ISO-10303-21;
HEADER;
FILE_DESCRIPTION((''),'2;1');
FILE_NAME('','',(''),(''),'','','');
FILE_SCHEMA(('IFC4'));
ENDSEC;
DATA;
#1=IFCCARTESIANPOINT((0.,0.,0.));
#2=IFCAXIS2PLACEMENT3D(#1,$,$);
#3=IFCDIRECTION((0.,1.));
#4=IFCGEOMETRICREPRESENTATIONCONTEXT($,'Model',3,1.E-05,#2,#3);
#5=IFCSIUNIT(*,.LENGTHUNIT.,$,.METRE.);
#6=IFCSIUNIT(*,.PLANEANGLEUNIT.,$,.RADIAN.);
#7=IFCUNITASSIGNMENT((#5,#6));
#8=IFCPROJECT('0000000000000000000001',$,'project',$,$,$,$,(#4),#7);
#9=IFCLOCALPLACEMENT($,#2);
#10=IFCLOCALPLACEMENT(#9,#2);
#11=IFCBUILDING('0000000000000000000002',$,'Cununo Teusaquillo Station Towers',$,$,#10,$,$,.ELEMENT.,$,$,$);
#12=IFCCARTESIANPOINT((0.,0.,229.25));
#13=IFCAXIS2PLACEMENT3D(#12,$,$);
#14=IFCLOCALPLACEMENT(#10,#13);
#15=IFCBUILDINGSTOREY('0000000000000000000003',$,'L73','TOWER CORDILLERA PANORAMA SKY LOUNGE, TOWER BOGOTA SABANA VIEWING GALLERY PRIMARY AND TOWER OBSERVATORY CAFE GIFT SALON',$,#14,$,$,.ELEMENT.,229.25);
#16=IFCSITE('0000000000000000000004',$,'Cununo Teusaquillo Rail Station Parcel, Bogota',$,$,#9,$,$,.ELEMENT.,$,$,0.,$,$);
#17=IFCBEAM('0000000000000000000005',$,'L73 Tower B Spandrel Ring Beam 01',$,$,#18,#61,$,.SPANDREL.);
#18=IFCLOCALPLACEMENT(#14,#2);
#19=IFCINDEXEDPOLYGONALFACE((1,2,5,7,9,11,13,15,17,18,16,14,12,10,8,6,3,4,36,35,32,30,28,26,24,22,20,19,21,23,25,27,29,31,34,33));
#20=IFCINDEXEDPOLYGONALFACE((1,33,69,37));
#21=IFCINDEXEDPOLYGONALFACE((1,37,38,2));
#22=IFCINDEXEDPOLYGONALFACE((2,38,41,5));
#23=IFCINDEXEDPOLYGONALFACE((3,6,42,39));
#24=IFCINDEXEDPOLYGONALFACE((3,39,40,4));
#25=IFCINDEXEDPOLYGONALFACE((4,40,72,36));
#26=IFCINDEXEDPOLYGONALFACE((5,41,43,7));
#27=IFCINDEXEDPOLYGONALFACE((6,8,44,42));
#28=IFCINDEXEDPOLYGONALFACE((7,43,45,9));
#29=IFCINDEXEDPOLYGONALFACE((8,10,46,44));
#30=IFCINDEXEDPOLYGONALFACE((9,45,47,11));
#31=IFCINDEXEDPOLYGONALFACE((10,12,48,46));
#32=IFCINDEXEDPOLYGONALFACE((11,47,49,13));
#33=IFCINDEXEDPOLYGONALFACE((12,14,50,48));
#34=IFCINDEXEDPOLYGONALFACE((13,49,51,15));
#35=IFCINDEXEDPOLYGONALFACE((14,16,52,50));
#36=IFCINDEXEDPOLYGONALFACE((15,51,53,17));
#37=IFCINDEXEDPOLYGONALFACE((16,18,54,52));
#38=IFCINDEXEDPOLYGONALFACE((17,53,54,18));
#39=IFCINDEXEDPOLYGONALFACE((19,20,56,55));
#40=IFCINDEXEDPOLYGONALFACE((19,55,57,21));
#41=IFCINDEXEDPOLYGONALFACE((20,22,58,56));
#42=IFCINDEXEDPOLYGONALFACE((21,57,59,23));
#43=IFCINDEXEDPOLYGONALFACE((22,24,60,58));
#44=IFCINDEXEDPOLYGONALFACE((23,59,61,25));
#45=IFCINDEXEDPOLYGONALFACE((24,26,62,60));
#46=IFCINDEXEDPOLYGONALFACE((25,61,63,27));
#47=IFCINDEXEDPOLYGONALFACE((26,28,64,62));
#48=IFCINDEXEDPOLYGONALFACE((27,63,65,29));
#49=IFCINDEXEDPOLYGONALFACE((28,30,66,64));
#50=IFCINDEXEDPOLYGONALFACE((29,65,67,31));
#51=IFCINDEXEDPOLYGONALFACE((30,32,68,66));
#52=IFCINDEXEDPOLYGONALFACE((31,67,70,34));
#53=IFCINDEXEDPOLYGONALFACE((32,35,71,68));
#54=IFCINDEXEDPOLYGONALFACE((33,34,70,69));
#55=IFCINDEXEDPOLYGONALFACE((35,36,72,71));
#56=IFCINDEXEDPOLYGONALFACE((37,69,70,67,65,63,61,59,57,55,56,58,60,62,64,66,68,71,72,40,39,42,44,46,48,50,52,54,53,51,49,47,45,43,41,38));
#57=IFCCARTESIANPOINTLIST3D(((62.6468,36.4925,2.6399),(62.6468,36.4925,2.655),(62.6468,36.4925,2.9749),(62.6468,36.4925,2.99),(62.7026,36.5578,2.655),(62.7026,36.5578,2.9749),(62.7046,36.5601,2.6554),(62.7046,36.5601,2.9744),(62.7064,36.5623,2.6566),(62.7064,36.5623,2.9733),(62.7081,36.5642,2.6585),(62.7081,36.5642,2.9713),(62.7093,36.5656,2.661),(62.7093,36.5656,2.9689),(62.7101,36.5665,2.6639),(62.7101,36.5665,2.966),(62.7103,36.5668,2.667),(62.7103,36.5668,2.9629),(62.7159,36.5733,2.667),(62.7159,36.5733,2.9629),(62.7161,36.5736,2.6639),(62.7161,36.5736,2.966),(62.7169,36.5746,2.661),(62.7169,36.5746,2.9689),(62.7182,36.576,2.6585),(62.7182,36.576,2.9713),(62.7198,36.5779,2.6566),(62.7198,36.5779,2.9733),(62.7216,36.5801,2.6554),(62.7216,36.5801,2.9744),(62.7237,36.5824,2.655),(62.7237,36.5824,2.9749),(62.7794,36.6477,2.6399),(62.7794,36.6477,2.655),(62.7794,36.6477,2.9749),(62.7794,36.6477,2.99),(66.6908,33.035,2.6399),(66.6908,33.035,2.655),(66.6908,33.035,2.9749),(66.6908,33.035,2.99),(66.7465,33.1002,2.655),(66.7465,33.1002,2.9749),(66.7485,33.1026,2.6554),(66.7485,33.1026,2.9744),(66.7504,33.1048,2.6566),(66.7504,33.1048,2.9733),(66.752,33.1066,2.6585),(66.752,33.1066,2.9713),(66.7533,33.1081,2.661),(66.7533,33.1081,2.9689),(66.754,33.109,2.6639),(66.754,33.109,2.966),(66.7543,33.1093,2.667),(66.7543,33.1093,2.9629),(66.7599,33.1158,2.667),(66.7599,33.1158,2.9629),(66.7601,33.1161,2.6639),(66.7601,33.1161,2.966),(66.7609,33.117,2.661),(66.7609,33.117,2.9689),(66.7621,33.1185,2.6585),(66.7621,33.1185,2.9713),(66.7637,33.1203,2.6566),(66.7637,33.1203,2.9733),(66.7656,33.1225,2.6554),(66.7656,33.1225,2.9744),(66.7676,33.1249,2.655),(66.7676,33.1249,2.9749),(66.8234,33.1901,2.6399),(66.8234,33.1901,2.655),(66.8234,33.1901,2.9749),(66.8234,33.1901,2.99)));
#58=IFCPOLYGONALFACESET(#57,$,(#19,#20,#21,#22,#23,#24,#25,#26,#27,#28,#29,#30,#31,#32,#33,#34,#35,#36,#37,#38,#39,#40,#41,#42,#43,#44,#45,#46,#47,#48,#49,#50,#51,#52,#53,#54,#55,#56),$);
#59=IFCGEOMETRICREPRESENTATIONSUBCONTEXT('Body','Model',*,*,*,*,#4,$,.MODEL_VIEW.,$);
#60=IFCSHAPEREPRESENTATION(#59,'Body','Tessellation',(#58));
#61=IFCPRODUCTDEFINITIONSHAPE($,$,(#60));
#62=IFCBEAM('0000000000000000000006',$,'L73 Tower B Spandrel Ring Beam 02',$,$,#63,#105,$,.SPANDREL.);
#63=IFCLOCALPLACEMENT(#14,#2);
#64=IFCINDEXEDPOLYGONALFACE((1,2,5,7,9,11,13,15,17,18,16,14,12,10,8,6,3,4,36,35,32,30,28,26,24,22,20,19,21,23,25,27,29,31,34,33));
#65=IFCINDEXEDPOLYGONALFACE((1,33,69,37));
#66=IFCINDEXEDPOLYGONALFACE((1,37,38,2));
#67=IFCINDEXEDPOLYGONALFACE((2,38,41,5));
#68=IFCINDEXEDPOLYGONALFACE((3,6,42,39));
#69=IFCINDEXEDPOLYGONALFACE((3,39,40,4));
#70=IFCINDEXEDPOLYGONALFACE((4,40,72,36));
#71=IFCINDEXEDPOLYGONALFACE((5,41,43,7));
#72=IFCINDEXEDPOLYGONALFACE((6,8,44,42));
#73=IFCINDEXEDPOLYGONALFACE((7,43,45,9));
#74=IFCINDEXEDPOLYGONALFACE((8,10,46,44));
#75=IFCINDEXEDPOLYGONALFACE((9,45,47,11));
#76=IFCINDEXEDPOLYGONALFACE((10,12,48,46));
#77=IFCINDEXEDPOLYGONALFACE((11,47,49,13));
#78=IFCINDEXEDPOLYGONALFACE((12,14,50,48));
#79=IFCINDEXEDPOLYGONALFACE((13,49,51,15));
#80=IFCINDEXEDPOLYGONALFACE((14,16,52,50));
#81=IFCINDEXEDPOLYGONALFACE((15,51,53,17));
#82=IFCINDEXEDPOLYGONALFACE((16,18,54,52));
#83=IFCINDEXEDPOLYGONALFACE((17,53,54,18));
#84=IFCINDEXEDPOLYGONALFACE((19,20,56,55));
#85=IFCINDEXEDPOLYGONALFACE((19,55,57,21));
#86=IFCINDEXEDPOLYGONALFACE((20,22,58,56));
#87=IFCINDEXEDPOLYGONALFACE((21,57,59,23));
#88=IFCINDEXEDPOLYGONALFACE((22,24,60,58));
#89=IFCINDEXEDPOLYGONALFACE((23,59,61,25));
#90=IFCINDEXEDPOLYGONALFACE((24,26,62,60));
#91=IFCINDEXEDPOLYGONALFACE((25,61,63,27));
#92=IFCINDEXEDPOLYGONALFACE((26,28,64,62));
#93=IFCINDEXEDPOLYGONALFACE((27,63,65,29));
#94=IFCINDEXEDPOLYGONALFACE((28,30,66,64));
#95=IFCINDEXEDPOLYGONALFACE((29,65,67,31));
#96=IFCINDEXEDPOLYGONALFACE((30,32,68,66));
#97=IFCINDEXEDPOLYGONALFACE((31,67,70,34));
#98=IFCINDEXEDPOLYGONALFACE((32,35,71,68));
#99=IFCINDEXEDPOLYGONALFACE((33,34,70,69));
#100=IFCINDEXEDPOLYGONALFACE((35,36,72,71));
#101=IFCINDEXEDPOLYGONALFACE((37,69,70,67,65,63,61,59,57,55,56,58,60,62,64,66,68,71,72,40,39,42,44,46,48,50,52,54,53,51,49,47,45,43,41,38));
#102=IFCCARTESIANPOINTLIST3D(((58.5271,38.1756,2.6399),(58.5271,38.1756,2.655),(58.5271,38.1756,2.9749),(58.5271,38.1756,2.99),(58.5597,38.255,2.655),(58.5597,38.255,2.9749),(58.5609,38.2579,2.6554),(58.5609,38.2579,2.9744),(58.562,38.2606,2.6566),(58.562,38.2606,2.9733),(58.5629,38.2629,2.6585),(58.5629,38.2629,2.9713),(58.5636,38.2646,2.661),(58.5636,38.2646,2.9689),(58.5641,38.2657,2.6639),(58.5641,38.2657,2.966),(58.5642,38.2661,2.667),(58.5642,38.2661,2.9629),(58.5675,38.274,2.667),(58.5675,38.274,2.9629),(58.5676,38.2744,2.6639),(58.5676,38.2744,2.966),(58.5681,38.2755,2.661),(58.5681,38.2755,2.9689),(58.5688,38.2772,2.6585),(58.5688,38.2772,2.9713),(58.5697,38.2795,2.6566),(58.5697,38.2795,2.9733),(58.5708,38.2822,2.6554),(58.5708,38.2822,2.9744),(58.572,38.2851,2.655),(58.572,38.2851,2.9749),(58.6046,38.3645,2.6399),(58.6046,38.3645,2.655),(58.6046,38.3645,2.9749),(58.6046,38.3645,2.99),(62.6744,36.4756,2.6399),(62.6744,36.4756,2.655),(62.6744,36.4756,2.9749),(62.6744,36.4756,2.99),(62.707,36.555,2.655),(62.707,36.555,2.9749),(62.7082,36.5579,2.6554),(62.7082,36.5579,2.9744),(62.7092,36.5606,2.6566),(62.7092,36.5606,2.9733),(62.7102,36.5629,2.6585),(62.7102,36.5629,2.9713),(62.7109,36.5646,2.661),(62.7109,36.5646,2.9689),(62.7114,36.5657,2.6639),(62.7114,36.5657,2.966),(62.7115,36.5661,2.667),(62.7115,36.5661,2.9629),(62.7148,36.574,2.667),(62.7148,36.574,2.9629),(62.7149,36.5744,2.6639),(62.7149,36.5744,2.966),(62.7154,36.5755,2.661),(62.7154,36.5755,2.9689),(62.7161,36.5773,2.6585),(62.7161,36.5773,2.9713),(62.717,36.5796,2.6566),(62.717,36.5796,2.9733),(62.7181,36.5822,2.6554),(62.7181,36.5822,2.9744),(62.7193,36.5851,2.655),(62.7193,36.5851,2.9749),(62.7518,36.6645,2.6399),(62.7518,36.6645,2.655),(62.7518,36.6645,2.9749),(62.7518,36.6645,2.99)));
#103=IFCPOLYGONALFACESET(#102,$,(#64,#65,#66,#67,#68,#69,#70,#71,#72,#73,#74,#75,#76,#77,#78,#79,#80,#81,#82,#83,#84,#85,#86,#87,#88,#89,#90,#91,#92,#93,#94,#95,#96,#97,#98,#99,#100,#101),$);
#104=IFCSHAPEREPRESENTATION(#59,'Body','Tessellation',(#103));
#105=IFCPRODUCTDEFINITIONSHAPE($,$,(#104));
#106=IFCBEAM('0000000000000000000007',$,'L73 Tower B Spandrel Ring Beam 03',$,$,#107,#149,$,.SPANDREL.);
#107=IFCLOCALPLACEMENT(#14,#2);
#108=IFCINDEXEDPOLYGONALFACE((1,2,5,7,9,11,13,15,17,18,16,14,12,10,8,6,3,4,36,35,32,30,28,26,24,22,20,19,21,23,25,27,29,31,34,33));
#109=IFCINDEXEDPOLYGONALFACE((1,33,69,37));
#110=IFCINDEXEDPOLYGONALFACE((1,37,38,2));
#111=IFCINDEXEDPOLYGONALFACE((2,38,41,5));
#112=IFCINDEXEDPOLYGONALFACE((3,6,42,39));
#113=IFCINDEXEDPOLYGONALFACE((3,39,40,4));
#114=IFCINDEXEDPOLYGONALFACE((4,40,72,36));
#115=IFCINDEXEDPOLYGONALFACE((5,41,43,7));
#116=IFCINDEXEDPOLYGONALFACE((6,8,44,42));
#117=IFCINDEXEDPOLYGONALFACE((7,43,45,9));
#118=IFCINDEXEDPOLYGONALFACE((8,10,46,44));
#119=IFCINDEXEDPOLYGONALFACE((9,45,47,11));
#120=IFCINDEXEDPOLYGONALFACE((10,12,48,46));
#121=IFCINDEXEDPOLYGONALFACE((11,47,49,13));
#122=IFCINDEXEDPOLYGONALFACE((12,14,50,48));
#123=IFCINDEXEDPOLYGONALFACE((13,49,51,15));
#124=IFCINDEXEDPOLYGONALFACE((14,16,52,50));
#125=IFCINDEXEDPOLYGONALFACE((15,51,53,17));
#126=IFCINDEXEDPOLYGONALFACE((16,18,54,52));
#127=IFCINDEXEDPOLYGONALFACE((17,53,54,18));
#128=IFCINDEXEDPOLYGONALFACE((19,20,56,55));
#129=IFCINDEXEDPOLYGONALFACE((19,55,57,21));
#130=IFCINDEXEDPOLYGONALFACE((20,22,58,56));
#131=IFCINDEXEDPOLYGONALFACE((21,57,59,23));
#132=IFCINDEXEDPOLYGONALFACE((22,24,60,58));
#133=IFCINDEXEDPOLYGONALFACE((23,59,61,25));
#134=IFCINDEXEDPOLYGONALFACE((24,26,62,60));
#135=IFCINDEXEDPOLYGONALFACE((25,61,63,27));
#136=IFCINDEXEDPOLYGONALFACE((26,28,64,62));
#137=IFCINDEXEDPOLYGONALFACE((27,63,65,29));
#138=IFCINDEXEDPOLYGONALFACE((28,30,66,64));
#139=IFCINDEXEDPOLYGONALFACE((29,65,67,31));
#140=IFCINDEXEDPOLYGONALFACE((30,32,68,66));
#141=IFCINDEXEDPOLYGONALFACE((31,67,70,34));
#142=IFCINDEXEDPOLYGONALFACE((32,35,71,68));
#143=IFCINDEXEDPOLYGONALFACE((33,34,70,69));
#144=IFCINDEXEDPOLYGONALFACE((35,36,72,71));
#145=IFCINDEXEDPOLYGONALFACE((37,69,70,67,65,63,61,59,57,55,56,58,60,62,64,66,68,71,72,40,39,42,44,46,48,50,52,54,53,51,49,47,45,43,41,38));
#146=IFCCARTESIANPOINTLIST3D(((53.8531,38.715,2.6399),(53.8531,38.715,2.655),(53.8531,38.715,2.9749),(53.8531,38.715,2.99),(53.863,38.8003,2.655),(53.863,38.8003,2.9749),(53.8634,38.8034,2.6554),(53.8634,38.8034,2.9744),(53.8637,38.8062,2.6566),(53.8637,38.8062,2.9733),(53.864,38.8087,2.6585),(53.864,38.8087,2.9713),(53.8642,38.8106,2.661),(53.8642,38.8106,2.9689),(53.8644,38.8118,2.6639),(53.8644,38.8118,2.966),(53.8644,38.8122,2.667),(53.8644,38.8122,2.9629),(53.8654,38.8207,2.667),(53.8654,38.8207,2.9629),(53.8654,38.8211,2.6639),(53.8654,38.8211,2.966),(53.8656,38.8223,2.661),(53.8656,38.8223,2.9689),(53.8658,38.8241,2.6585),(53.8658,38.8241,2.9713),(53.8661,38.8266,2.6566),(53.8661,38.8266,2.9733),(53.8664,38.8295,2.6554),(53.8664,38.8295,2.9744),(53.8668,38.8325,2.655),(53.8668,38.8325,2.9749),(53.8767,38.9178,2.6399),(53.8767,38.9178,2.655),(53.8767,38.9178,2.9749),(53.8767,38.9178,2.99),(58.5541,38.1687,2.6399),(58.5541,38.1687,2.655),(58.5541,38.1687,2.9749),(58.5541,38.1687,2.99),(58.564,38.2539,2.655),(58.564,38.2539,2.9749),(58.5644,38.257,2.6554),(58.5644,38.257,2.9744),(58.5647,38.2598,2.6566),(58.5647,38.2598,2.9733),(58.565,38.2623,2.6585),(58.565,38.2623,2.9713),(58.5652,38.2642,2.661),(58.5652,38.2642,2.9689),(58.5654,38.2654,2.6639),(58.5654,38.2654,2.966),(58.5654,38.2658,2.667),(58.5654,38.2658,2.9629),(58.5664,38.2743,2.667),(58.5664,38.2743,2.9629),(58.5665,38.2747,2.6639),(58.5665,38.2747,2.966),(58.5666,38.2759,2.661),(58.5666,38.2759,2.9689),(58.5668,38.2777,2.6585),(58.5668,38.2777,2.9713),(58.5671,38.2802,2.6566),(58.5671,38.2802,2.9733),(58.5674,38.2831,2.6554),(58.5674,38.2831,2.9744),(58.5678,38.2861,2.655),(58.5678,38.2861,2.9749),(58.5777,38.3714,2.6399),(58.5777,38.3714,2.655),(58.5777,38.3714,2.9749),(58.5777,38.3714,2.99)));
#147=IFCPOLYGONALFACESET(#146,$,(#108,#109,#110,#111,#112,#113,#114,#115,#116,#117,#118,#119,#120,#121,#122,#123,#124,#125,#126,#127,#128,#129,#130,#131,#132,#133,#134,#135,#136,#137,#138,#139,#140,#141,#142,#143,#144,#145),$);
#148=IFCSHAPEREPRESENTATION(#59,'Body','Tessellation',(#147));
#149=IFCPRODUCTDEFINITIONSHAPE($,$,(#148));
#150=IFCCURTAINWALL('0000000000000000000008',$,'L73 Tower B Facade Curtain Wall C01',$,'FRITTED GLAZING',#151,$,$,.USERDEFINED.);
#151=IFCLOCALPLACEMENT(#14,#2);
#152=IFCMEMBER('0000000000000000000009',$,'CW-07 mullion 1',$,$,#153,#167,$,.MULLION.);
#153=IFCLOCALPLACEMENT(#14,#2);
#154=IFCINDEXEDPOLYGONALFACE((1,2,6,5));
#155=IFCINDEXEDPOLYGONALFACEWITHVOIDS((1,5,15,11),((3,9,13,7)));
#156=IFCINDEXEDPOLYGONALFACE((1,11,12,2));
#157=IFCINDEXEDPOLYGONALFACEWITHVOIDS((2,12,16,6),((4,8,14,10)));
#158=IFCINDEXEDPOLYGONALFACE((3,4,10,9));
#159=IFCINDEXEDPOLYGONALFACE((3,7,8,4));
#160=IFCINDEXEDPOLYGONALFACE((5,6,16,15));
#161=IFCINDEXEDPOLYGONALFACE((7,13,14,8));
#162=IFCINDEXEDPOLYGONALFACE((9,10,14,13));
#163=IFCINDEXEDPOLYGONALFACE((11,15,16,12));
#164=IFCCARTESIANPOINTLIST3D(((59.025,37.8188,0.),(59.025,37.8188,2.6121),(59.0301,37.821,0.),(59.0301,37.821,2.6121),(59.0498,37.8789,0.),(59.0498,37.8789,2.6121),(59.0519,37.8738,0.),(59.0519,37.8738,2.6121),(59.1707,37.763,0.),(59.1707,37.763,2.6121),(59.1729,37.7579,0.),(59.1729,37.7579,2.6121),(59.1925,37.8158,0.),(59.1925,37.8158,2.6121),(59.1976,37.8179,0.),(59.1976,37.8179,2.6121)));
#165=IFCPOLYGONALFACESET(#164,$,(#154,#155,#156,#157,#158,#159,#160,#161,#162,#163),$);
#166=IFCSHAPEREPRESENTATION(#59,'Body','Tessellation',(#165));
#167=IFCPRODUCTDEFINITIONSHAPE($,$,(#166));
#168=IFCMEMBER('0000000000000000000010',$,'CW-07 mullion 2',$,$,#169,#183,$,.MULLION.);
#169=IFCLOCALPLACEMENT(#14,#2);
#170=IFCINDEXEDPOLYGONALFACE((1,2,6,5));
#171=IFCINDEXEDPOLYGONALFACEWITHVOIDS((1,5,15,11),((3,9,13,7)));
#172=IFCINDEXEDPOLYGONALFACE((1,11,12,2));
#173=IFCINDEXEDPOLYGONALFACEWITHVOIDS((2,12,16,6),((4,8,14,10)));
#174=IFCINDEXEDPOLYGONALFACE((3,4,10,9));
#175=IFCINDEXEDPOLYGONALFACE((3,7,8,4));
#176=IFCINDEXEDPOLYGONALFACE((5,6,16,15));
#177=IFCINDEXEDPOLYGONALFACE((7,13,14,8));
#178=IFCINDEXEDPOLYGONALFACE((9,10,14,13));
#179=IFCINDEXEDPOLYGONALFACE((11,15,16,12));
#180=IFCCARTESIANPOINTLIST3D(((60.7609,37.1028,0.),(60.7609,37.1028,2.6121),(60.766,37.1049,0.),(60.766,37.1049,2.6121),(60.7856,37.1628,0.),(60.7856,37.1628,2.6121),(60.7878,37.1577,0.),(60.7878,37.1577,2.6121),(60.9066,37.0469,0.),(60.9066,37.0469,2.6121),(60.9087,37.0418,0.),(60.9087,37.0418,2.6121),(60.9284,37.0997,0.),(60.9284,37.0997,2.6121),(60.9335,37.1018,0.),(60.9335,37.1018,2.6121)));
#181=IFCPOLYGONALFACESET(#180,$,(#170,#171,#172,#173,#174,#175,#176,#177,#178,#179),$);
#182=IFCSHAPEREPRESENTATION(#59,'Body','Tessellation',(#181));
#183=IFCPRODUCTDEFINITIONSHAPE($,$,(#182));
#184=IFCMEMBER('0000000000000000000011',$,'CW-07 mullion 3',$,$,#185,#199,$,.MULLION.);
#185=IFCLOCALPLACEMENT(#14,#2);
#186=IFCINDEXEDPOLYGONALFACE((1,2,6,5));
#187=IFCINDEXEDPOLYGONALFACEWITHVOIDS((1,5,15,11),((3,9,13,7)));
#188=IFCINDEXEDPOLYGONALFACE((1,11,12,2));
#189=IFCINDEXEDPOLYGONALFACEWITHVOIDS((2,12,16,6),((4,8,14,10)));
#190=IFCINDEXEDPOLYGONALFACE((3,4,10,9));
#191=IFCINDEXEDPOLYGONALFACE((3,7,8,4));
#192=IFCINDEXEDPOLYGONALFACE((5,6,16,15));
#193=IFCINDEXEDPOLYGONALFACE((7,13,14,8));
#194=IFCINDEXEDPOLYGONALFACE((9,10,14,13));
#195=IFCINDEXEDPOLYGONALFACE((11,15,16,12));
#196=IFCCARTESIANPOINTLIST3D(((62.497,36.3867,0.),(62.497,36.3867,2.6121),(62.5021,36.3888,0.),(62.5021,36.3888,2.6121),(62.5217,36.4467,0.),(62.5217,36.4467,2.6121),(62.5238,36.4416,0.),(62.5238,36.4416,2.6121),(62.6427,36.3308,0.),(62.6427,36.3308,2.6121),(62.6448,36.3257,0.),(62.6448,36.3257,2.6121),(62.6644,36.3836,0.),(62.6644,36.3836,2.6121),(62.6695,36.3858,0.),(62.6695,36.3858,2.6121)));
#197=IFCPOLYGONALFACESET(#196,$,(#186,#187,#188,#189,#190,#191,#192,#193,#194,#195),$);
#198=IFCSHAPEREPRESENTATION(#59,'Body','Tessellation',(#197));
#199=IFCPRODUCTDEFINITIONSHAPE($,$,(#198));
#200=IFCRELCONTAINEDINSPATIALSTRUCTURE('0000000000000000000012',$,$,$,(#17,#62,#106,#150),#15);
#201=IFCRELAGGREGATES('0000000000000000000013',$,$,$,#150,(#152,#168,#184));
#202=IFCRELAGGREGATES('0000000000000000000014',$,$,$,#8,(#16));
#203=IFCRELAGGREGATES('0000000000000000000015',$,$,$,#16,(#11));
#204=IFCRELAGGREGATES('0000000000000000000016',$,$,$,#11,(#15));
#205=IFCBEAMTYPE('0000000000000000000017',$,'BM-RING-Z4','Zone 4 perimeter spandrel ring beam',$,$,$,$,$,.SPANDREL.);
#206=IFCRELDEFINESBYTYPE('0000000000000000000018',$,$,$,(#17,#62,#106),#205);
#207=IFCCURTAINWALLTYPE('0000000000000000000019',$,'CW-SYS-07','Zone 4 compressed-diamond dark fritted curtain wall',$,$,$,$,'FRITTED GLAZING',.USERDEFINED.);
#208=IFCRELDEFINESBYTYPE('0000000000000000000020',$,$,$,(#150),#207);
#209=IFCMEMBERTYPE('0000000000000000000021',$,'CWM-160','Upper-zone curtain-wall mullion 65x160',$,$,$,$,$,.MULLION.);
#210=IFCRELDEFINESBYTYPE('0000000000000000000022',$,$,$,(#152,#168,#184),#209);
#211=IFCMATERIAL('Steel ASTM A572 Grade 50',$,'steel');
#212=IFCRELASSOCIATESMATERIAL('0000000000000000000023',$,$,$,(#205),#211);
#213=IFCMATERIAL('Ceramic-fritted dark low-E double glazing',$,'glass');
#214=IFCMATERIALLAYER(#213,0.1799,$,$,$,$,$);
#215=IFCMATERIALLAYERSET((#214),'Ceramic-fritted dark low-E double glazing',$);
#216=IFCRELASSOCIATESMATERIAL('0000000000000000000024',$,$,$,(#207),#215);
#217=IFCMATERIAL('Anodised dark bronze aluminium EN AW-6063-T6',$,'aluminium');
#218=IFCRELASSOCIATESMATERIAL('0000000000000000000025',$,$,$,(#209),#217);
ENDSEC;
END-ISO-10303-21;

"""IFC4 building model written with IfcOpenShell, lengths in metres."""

from ifc_helpers import new_model, si_unit, direction, frame, origin, origin_2d, place, context, subcontext, project, spatial, hollow_rectangle, i_section, extrude, material, layer, layer_set, material_profile, profile_set, type_object, element, aggregate, save


model = new_model("IFC4")

# Units and contexts
model_context = context("Model", 3, precision=1e-05, world=origin(), true_north=direction((0.0, 1.0)))
body_context = subcontext(model_context, "Body", "Model", "MODEL_VIEW")
ifc_project = project(units=[si_unit("LENGTHUNIT", "METRE"), si_unit("PLANEANGLEUNIT", "RADIAN")], contexts=[model_context])

# Site, building, storey
site_placement = place(None, origin())
site = spatial("IfcSite", under=ifc_project, at=site_placement, Name="Cununo Teusaquillo Rail Station Parcel, Bogota", CompositionType="ELEMENT", RefElevation=0.0)
building_placement = place(site_placement, origin())
building = spatial("IfcBuilding", under=site, at=building_placement, Name="Cununo Teusaquillo Station Towers", CompositionType="ELEMENT")
storey_placement = place(building_placement, frame((0.0, 0.0, 229.25)))
storey = spatial("IfcBuildingStorey", under=building, at=storey_placement, Name="L73", Description="TOWER CORDILLERA PANORAMA SKY LOUNGE, TOWER BOGOTA SABANA VIEWING GALLERY PRIMARY AND TOWER OBSERVATORY CAFE GIFT SALON", CompositionType="ELEMENT", Elevation=229.25)

# Beams
ifc_material_1 = material(Name="Steel ASTM A572 Grade 50", Category="steel")
ifc_material_profile_1 = material_profile(ifc_material_1, i_section(OverallWidth=0.2041, OverallDepth=0.3501, WebThickness=0.0085, FlangeThickness=0.0151, FilletRadius=0.012, at=origin_2d()), Name="W14X48")
ifc_profile_set_1 = profile_set([ifc_material_profile_1], Name="Steel ASTM A572 Grade 50")
beam_type_1 = type_object("IfcBeamType", Name="BM-RING-Z4", Description="Zone 4 perimeter spandrel ring beam", PredefinedType="SPANDREL", material=ifc_profile_set_1)
beam_1_placement = place(storey_placement, frame((66.7571, 33.1125, 2.8149), z_axis=(-0.760066, 0.649846, 0.0), x_axis=(-0.649846, -0.760066, 0.0)))
element("IfcBeam", 1, at=beam_1_placement, inside=storey, type_object=beam_type_1, Name="L73 Tower B Spandrel Ring Beam 01", PredefinedType="SPANDREL", context=body_context, shape_type="SweptSolid", body=[
    extrude(i_section(OverallWidth=0.2041, OverallDepth=0.3501, WebThickness=0.0085, FlangeThickness=0.0151, FilletRadius=0.012, at=origin_2d()), origin(), (0.0, 0.0, 1.0), 5.3206),
])
beam_2_placement = place(storey_placement, frame((62.7131, 36.5701, 2.8149), z_axis=(-0.925284, 0.379275, 0.0), x_axis=(-0.379275, -0.925284, 0.0)))
element("IfcBeam", 2, at=beam_2_placement, inside=storey, type_object=beam_type_1, Name="L73 Tower B Spandrel Ring Beam 02", PredefinedType="SPANDREL", context=body_context, shape_type="SweptSolid", body=[
    extrude(i_section(OverallWidth=0.2041, OverallDepth=0.3501, WebThickness=0.0085, FlangeThickness=0.0151, FilletRadius=0.012, at=origin_2d()), origin(), (0.0, 0.0, 1.0), 4.4822),
])
beam_3_placement = place(storey_placement, frame((58.5659, 38.27, 2.8149), z_axis=(-0.993313, 0.115452, 0.0), x_axis=(-0.115452, -0.993313, 0.0)))
element("IfcBeam", 3, at=beam_3_placement, inside=storey, type_object=beam_type_1, Name="L73 Tower B Spandrel Ring Beam 03", PredefinedType="SPANDREL", context=body_context, shape_type="SweptSolid", body=[
    extrude(i_section(OverallWidth=0.2041, OverallDepth=0.3501, WebThickness=0.0085, FlangeThickness=0.0151, FilletRadius=0.012, at=origin_2d()), origin(), (0.0, 0.0, 1.0), 4.7327),
])

# Curtain wall, members
ifc_material_2 = material(Name="Ceramic-fritted dark low-E double glazing", Category="glass")
ifc_layer_1 = layer(ifc_material_2, 0.1799)
ifc_layer_set_1 = layer_set([ifc_layer_1], Name="Ceramic-fritted dark low-E double glazing")
curtain_wall_type = type_object("IfcCurtainWallType", Name="CW-SYS-07", Description="Zone 4 compressed-diamond dark fritted curtain wall", ElementType="FRITTED GLAZING", PredefinedType="USERDEFINED", material=ifc_layer_set_1)
curtain_wall_placement = place(storey_placement, origin())
curtain_wall = element("IfcCurtainWall", 4, at=curtain_wall_placement, inside=storey, type_object=curtain_wall_type, Name="L73 Tower B Facade Curtain Wall C01", ObjectType="FRITTED GLAZING", PredefinedType="USERDEFINED")
ifc_material_3 = material(Name="Anodised dark bronze aluminium EN AW-6063-T6", Category="aluminium")
ifc_material_profile_2 = material_profile(ifc_material_3, hollow_rectangle(XDim=0.0649, YDim=0.1599, WallThickness=0.0039, at=origin_2d()), Name="CW-MULL-65x160")
ifc_profile_set_2 = profile_set([ifc_material_profile_2], Name="Anodised dark bronze aluminium EN AW-6063-T6")
member_type_1 = type_object("IfcMemberType", Name="CWM-160", Description="Upper-zone curtain-wall mullion 65x160", PredefinedType="MULLION", material=ifc_profile_set_2)
member_1_placement = place(storey_placement, frame((59.1113, 37.8184, 0.0), z_axis=(0.0, 0.0, 1.0), x_axis=(0.381311, 0.924447, 0.0)))
member_1 = element("IfcMember", 5, at=member_1_placement, type_object=member_type_1, Name="CW-07 mullion 1", PredefinedType="MULLION", context=body_context, shape_type="SweptSolid", body=[
    extrude(hollow_rectangle(XDim=0.0649, YDim=0.1599, WallThickness=0.0039, at=origin_2d()), origin(), (0.0, 0.0, 1.0), 2.6121),
])
member_2_placement = place(storey_placement, frame((60.8472, 37.1023, 0.0), z_axis=(0.0, 0.0, 1.0), x_axis=(0.381311, 0.924447, 0.0)))
member_2 = element("IfcMember", 6, at=member_2_placement, type_object=member_type_1, Name="CW-07 mullion 2", PredefinedType="MULLION", context=body_context, shape_type="SweptSolid", body=[
    extrude(hollow_rectangle(XDim=0.0649, YDim=0.1599, WallThickness=0.0039, at=origin_2d()), origin(), (0.0, 0.0, 1.0), 2.6121),
])
member_3_placement = place(storey_placement, frame((62.5833, 36.3862, 0.0), z_axis=(0.0, 0.0, 1.0), x_axis=(0.381311, 0.924447, 0.0)))
member_3 = element("IfcMember", 7, at=member_3_placement, type_object=member_type_1, Name="CW-07 mullion 3", PredefinedType="MULLION", context=body_context, shape_type="SweptSolid", body=[
    extrude(hollow_rectangle(XDim=0.0649, YDim=0.1599, WallThickness=0.0039, at=origin_2d()), origin(), (0.0, 0.0, 1.0), 2.6121),
])

aggregate(curtain_wall, [member_1, member_2, member_3])

save(model, "model.ifc")
